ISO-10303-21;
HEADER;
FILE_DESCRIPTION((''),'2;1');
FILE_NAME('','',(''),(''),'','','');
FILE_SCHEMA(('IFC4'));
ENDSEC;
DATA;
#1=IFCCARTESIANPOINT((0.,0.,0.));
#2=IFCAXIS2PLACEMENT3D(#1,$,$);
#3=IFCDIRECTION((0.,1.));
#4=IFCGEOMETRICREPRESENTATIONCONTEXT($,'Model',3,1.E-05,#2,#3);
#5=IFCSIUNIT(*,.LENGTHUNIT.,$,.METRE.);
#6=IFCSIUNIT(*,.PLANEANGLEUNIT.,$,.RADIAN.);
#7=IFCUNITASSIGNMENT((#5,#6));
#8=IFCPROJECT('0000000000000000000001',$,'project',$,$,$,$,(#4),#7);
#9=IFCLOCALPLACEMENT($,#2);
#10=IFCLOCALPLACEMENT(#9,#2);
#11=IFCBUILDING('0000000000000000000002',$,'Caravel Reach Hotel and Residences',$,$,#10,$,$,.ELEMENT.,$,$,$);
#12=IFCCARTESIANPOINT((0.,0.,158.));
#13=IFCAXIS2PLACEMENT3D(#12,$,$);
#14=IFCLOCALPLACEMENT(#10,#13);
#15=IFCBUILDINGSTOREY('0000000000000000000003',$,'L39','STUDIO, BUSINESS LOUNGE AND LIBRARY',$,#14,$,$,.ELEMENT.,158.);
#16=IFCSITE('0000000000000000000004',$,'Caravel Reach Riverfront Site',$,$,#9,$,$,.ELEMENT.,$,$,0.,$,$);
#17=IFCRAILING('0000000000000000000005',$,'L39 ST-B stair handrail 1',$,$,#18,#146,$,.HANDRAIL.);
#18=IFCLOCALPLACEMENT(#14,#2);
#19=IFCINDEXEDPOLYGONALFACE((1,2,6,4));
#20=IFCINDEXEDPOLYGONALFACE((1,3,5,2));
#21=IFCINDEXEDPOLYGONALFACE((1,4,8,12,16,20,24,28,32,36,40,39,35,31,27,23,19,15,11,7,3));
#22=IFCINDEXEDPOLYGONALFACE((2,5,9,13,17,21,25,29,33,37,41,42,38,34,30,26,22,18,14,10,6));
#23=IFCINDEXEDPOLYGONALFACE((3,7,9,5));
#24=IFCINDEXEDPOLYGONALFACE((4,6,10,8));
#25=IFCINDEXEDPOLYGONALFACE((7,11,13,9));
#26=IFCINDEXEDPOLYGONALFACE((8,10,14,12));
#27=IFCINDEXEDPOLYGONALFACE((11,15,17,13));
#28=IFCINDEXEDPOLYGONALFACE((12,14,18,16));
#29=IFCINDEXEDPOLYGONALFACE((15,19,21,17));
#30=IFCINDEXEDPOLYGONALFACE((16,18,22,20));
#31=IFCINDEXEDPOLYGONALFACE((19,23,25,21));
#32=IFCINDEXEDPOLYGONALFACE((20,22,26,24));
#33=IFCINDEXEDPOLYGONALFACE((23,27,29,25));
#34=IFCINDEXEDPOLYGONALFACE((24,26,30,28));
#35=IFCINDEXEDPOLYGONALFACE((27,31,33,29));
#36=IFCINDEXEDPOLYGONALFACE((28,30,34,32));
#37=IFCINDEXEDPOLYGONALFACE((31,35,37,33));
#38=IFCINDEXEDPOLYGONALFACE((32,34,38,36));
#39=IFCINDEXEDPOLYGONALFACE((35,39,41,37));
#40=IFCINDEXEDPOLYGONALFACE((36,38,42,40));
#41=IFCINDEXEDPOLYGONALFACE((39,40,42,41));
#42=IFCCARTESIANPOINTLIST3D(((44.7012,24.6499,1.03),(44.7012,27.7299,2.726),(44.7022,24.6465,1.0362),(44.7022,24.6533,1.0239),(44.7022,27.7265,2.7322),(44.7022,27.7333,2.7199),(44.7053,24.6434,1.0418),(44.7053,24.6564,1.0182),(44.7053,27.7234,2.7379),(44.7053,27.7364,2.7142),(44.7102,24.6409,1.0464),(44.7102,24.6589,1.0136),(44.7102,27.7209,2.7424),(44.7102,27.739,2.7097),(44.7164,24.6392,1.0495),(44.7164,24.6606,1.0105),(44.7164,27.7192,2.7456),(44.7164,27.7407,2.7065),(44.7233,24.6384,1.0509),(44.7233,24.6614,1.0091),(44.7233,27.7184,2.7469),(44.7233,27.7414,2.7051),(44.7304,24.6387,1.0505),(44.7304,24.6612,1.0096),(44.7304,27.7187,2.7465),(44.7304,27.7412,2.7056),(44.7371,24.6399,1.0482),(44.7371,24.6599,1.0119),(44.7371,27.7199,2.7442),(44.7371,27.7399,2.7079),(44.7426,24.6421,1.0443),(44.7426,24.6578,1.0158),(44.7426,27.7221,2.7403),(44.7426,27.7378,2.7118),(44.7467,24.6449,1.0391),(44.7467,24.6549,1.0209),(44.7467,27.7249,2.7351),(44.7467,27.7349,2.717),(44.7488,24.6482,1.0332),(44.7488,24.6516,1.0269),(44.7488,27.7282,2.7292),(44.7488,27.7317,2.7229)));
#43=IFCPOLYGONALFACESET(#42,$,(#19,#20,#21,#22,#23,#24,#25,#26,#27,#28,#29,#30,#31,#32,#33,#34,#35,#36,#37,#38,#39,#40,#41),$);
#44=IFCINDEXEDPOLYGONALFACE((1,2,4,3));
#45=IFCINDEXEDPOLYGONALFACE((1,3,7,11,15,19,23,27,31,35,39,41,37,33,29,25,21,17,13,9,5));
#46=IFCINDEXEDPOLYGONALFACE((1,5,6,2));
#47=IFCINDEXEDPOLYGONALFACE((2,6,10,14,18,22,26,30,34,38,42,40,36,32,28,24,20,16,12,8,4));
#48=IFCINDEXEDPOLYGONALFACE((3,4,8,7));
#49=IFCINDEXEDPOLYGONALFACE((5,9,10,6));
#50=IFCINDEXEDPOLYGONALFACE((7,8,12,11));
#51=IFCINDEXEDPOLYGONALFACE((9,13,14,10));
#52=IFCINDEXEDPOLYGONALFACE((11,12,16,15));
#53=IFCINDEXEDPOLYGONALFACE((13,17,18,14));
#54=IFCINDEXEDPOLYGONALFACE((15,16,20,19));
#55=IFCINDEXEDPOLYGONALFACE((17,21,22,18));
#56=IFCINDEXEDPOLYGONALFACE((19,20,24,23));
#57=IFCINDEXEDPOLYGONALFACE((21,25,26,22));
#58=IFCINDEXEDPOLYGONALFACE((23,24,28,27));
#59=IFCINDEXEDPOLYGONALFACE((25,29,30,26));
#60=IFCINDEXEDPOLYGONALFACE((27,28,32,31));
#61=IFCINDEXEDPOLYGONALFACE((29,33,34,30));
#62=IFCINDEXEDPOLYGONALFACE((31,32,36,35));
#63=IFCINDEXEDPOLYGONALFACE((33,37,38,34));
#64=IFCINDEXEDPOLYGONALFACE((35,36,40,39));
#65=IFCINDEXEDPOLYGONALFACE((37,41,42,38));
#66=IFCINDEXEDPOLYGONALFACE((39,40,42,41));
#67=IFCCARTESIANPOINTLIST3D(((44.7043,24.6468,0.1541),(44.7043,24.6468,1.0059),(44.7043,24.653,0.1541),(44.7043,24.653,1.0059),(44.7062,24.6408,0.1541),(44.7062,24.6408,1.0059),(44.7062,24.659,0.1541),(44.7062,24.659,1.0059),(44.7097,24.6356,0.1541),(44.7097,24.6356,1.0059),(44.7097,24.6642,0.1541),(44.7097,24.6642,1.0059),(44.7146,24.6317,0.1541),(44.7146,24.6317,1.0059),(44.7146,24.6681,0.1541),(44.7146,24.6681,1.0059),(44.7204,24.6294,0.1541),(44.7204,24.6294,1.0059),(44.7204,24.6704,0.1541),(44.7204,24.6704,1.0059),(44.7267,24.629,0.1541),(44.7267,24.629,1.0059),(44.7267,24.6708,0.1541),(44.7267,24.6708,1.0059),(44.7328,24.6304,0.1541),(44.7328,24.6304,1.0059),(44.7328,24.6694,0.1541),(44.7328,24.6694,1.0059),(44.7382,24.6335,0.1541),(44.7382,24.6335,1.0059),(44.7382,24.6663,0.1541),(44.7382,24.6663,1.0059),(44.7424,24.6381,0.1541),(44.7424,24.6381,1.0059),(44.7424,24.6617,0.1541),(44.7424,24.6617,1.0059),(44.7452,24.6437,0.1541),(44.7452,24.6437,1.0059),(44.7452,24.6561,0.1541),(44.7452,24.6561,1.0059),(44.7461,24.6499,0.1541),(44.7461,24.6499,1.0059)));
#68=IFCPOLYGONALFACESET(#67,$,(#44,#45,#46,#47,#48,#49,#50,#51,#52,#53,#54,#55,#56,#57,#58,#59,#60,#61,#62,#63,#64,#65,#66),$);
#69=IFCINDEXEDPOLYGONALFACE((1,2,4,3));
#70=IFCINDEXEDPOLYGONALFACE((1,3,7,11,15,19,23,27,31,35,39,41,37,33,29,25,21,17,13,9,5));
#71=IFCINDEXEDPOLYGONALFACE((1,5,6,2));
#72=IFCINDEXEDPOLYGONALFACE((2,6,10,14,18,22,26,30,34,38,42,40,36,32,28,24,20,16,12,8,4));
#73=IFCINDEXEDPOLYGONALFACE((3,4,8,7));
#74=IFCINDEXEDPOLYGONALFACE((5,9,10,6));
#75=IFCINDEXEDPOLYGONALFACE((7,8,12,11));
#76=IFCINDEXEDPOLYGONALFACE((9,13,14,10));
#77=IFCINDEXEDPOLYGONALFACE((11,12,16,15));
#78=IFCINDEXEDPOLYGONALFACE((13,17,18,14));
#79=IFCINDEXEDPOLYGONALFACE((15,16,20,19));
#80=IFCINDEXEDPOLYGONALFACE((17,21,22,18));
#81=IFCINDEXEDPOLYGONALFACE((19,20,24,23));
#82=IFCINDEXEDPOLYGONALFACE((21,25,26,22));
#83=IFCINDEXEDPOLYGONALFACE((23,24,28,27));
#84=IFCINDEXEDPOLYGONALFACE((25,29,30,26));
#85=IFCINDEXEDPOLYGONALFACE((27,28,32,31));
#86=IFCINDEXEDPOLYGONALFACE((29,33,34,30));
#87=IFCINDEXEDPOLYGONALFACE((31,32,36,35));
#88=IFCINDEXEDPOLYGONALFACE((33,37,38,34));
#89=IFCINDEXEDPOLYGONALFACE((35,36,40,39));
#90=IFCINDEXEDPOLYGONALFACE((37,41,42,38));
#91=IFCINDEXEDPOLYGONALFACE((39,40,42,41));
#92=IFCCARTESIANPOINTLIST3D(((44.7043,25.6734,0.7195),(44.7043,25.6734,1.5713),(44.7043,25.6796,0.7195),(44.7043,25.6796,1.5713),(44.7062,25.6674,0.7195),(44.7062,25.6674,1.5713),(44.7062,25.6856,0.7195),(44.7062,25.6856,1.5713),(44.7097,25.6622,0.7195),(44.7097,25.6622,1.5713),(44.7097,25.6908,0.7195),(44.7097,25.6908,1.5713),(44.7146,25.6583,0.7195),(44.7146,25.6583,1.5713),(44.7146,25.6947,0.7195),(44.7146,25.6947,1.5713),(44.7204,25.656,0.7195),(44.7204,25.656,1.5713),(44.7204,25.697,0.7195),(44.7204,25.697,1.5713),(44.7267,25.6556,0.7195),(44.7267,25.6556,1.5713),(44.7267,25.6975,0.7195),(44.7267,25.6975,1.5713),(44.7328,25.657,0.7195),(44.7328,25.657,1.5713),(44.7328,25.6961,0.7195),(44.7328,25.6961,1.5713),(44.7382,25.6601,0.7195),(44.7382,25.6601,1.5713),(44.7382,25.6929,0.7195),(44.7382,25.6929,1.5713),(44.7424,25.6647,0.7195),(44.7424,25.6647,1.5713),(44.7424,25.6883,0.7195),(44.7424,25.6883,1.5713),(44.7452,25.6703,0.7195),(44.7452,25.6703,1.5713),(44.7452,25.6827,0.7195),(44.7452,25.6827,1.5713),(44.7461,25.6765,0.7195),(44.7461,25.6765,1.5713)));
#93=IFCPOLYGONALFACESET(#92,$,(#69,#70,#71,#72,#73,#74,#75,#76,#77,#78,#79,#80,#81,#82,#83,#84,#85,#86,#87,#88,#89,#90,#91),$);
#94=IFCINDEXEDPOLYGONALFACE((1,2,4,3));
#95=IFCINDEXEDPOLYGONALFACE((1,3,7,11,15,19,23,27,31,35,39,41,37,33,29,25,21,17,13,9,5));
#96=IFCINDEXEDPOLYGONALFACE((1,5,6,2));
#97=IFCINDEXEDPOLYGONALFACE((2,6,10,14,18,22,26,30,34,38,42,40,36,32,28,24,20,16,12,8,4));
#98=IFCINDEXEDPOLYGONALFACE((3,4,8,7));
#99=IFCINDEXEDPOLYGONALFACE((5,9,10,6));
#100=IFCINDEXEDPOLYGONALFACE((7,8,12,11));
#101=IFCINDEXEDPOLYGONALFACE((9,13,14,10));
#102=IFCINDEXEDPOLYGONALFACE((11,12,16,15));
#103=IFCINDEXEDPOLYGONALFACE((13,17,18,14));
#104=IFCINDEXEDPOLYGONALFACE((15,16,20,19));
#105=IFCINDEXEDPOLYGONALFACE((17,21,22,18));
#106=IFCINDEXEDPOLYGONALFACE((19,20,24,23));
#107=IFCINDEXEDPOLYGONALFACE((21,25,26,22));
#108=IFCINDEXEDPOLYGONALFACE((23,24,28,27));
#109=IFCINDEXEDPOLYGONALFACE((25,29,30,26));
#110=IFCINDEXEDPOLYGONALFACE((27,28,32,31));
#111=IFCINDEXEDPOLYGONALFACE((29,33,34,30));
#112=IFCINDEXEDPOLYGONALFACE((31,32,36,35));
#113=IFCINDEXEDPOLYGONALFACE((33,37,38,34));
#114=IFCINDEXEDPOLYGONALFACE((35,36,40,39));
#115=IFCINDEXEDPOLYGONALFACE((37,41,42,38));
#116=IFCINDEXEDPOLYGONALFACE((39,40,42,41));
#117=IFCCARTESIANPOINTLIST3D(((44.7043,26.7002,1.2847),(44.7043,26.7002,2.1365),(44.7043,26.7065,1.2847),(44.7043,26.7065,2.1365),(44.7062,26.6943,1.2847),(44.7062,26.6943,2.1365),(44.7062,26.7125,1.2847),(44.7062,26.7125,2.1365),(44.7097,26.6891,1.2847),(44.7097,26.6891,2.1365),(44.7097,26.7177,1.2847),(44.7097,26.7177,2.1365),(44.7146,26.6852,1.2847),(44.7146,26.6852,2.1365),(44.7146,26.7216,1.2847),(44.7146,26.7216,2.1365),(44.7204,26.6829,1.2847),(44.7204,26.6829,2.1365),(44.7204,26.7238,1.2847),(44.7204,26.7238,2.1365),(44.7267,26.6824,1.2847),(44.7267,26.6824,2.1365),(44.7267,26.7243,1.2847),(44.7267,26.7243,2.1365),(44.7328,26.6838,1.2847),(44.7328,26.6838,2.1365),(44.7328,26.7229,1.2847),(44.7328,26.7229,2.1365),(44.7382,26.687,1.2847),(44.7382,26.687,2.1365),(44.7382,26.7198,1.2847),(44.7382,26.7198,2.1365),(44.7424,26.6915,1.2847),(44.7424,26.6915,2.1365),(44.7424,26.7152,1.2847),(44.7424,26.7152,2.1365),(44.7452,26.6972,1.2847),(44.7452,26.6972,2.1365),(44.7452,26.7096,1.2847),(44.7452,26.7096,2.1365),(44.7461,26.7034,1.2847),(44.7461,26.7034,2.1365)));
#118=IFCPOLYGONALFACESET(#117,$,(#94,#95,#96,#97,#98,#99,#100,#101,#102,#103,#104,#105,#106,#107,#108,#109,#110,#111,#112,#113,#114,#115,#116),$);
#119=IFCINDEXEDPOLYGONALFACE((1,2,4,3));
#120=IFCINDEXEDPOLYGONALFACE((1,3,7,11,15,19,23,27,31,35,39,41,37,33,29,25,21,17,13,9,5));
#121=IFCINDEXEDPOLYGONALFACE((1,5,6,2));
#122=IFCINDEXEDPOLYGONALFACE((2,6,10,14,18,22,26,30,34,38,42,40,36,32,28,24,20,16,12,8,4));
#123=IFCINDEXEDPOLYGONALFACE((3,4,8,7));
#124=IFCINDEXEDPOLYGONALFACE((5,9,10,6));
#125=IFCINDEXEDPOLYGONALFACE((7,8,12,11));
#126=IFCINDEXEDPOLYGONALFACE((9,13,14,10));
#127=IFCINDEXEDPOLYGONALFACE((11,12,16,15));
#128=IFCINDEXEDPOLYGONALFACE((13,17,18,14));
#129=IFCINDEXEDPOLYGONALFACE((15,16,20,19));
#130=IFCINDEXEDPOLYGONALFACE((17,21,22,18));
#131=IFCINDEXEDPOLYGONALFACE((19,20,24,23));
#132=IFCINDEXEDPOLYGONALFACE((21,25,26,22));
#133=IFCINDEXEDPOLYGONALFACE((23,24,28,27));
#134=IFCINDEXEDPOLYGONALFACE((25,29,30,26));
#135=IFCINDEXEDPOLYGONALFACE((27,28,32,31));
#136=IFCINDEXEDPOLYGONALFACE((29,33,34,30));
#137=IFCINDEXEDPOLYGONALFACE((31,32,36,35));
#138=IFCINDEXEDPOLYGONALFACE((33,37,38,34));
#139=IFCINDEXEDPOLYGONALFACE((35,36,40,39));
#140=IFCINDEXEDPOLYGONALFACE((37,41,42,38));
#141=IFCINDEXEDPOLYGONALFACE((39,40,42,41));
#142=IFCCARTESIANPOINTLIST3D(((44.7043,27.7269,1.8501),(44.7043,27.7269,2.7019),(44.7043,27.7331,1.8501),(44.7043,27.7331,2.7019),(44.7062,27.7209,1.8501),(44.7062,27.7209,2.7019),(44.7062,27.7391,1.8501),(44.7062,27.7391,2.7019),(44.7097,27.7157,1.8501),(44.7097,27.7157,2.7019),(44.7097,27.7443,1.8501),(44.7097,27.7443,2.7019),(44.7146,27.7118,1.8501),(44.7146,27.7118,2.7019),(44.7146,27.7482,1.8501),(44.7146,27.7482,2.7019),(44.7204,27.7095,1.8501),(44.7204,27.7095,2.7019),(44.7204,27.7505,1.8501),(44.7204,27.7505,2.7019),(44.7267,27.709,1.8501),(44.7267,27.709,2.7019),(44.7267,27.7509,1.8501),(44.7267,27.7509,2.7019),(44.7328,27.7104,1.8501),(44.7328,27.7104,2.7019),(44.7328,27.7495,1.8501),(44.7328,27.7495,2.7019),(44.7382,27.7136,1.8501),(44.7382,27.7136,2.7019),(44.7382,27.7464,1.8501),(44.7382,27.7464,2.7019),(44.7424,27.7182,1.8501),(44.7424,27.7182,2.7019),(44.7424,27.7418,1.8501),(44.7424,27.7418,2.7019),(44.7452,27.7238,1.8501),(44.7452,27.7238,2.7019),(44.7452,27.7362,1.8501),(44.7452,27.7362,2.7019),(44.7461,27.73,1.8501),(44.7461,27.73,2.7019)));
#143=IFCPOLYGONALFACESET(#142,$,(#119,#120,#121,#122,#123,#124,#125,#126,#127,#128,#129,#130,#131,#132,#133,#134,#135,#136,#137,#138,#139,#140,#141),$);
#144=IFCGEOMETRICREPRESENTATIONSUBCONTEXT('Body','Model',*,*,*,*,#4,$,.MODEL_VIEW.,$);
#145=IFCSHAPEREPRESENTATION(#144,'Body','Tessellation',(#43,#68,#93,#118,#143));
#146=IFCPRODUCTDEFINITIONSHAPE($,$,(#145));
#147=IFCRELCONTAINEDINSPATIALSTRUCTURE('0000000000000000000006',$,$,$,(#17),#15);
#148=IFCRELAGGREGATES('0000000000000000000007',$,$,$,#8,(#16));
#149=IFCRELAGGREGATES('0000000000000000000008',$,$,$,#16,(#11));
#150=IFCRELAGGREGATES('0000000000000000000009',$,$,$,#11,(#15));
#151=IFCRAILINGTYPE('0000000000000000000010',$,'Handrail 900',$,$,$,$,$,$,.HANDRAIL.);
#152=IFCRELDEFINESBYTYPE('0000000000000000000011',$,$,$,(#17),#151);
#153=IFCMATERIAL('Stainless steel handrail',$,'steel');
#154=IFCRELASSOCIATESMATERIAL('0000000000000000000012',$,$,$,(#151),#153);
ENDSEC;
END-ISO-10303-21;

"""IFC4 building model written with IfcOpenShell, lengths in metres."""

from ifc_helpers import new_model, si_unit, direction, frame, origin, origin_2d, place, context, subcontext, project, spatial, circle, extrude, material, type_object, element, save


model = new_model("IFC4")

# Units and contexts
model_context = context("Model", 3, precision=1e-05, world=origin(), true_north=direction((0.0, 1.0)))
body_context = subcontext(model_context, "Body", "Model", "MODEL_VIEW")
ifc_project = project(units=[si_unit("LENGTHUNIT", "METRE"), si_unit("PLANEANGLEUNIT", "RADIAN")], contexts=[model_context])

# Site, building, storey
site_placement = place(None, origin())
site = spatial("IfcSite", under=ifc_project, at=site_placement, Name="Caravel Reach Riverfront Site", CompositionType="ELEMENT", RefElevation=0.0)
building_placement = place(site_placement, origin())
building = spatial("IfcBuilding", under=site, at=building_placement, Name="Caravel Reach Hotel and Residences", CompositionType="ELEMENT")
storey_placement = place(building_placement, frame((0.0, 0.0, 158.0)))
storey = spatial("IfcBuildingStorey", under=building, at=storey_placement, Name="L39", Description="STUDIO, BUSINESS LOUNGE AND LIBRARY", CompositionType="ELEMENT", Elevation=158.0)

# Railing
ifc_material_1 = material(Name="Stainless steel handrail", Category="steel")
railing_type_1 = type_object("IfcRailingType", Name="Handrail 900", PredefinedType="HANDRAIL", material=ifc_material_1)
railing_1_placement = place(storey_placement, frame((44.7251, 24.6499, 0.1541)))
element("IfcRailing", 1, at=railing_1_placement, inside=storey, type_object=railing_type_1, Name="L39 ST-B stair handrail 1", PredefinedType="HANDRAIL", context=body_context, shape_type="SweptSolid", body=[
    extrude(circle(Radius=0.0239, at=origin_2d()), frame((0.0, 0.0, 0.876), z_axis=(0.0, 0.875975, 0.482356), x_axis=(-1.0, 0.0, 0.0)), (0.0, 0.0, 1.0), 3.5161),
    extrude(circle(Radius=0.021, at=origin_2d()), origin(), (0.0, 0.0, 1.0), 0.8518),
    extrude(circle(Radius=0.021, at=origin_2d()), frame((0.0, 1.0266, 0.5654)), (0.0, 0.0, 1.0), 0.8518),
    extrude(circle(Radius=0.021, at=origin_2d()), frame((0.0, 2.0535, 1.1306)), (0.0, 0.0, 1.0), 0.8518),
    extrude(circle(Radius=0.021, at=origin_2d()), frame((0.0, 3.0801, 1.696)), (0.0, 0.0, 1.0), 0.8518),
])

save(model, "model.ifc")
